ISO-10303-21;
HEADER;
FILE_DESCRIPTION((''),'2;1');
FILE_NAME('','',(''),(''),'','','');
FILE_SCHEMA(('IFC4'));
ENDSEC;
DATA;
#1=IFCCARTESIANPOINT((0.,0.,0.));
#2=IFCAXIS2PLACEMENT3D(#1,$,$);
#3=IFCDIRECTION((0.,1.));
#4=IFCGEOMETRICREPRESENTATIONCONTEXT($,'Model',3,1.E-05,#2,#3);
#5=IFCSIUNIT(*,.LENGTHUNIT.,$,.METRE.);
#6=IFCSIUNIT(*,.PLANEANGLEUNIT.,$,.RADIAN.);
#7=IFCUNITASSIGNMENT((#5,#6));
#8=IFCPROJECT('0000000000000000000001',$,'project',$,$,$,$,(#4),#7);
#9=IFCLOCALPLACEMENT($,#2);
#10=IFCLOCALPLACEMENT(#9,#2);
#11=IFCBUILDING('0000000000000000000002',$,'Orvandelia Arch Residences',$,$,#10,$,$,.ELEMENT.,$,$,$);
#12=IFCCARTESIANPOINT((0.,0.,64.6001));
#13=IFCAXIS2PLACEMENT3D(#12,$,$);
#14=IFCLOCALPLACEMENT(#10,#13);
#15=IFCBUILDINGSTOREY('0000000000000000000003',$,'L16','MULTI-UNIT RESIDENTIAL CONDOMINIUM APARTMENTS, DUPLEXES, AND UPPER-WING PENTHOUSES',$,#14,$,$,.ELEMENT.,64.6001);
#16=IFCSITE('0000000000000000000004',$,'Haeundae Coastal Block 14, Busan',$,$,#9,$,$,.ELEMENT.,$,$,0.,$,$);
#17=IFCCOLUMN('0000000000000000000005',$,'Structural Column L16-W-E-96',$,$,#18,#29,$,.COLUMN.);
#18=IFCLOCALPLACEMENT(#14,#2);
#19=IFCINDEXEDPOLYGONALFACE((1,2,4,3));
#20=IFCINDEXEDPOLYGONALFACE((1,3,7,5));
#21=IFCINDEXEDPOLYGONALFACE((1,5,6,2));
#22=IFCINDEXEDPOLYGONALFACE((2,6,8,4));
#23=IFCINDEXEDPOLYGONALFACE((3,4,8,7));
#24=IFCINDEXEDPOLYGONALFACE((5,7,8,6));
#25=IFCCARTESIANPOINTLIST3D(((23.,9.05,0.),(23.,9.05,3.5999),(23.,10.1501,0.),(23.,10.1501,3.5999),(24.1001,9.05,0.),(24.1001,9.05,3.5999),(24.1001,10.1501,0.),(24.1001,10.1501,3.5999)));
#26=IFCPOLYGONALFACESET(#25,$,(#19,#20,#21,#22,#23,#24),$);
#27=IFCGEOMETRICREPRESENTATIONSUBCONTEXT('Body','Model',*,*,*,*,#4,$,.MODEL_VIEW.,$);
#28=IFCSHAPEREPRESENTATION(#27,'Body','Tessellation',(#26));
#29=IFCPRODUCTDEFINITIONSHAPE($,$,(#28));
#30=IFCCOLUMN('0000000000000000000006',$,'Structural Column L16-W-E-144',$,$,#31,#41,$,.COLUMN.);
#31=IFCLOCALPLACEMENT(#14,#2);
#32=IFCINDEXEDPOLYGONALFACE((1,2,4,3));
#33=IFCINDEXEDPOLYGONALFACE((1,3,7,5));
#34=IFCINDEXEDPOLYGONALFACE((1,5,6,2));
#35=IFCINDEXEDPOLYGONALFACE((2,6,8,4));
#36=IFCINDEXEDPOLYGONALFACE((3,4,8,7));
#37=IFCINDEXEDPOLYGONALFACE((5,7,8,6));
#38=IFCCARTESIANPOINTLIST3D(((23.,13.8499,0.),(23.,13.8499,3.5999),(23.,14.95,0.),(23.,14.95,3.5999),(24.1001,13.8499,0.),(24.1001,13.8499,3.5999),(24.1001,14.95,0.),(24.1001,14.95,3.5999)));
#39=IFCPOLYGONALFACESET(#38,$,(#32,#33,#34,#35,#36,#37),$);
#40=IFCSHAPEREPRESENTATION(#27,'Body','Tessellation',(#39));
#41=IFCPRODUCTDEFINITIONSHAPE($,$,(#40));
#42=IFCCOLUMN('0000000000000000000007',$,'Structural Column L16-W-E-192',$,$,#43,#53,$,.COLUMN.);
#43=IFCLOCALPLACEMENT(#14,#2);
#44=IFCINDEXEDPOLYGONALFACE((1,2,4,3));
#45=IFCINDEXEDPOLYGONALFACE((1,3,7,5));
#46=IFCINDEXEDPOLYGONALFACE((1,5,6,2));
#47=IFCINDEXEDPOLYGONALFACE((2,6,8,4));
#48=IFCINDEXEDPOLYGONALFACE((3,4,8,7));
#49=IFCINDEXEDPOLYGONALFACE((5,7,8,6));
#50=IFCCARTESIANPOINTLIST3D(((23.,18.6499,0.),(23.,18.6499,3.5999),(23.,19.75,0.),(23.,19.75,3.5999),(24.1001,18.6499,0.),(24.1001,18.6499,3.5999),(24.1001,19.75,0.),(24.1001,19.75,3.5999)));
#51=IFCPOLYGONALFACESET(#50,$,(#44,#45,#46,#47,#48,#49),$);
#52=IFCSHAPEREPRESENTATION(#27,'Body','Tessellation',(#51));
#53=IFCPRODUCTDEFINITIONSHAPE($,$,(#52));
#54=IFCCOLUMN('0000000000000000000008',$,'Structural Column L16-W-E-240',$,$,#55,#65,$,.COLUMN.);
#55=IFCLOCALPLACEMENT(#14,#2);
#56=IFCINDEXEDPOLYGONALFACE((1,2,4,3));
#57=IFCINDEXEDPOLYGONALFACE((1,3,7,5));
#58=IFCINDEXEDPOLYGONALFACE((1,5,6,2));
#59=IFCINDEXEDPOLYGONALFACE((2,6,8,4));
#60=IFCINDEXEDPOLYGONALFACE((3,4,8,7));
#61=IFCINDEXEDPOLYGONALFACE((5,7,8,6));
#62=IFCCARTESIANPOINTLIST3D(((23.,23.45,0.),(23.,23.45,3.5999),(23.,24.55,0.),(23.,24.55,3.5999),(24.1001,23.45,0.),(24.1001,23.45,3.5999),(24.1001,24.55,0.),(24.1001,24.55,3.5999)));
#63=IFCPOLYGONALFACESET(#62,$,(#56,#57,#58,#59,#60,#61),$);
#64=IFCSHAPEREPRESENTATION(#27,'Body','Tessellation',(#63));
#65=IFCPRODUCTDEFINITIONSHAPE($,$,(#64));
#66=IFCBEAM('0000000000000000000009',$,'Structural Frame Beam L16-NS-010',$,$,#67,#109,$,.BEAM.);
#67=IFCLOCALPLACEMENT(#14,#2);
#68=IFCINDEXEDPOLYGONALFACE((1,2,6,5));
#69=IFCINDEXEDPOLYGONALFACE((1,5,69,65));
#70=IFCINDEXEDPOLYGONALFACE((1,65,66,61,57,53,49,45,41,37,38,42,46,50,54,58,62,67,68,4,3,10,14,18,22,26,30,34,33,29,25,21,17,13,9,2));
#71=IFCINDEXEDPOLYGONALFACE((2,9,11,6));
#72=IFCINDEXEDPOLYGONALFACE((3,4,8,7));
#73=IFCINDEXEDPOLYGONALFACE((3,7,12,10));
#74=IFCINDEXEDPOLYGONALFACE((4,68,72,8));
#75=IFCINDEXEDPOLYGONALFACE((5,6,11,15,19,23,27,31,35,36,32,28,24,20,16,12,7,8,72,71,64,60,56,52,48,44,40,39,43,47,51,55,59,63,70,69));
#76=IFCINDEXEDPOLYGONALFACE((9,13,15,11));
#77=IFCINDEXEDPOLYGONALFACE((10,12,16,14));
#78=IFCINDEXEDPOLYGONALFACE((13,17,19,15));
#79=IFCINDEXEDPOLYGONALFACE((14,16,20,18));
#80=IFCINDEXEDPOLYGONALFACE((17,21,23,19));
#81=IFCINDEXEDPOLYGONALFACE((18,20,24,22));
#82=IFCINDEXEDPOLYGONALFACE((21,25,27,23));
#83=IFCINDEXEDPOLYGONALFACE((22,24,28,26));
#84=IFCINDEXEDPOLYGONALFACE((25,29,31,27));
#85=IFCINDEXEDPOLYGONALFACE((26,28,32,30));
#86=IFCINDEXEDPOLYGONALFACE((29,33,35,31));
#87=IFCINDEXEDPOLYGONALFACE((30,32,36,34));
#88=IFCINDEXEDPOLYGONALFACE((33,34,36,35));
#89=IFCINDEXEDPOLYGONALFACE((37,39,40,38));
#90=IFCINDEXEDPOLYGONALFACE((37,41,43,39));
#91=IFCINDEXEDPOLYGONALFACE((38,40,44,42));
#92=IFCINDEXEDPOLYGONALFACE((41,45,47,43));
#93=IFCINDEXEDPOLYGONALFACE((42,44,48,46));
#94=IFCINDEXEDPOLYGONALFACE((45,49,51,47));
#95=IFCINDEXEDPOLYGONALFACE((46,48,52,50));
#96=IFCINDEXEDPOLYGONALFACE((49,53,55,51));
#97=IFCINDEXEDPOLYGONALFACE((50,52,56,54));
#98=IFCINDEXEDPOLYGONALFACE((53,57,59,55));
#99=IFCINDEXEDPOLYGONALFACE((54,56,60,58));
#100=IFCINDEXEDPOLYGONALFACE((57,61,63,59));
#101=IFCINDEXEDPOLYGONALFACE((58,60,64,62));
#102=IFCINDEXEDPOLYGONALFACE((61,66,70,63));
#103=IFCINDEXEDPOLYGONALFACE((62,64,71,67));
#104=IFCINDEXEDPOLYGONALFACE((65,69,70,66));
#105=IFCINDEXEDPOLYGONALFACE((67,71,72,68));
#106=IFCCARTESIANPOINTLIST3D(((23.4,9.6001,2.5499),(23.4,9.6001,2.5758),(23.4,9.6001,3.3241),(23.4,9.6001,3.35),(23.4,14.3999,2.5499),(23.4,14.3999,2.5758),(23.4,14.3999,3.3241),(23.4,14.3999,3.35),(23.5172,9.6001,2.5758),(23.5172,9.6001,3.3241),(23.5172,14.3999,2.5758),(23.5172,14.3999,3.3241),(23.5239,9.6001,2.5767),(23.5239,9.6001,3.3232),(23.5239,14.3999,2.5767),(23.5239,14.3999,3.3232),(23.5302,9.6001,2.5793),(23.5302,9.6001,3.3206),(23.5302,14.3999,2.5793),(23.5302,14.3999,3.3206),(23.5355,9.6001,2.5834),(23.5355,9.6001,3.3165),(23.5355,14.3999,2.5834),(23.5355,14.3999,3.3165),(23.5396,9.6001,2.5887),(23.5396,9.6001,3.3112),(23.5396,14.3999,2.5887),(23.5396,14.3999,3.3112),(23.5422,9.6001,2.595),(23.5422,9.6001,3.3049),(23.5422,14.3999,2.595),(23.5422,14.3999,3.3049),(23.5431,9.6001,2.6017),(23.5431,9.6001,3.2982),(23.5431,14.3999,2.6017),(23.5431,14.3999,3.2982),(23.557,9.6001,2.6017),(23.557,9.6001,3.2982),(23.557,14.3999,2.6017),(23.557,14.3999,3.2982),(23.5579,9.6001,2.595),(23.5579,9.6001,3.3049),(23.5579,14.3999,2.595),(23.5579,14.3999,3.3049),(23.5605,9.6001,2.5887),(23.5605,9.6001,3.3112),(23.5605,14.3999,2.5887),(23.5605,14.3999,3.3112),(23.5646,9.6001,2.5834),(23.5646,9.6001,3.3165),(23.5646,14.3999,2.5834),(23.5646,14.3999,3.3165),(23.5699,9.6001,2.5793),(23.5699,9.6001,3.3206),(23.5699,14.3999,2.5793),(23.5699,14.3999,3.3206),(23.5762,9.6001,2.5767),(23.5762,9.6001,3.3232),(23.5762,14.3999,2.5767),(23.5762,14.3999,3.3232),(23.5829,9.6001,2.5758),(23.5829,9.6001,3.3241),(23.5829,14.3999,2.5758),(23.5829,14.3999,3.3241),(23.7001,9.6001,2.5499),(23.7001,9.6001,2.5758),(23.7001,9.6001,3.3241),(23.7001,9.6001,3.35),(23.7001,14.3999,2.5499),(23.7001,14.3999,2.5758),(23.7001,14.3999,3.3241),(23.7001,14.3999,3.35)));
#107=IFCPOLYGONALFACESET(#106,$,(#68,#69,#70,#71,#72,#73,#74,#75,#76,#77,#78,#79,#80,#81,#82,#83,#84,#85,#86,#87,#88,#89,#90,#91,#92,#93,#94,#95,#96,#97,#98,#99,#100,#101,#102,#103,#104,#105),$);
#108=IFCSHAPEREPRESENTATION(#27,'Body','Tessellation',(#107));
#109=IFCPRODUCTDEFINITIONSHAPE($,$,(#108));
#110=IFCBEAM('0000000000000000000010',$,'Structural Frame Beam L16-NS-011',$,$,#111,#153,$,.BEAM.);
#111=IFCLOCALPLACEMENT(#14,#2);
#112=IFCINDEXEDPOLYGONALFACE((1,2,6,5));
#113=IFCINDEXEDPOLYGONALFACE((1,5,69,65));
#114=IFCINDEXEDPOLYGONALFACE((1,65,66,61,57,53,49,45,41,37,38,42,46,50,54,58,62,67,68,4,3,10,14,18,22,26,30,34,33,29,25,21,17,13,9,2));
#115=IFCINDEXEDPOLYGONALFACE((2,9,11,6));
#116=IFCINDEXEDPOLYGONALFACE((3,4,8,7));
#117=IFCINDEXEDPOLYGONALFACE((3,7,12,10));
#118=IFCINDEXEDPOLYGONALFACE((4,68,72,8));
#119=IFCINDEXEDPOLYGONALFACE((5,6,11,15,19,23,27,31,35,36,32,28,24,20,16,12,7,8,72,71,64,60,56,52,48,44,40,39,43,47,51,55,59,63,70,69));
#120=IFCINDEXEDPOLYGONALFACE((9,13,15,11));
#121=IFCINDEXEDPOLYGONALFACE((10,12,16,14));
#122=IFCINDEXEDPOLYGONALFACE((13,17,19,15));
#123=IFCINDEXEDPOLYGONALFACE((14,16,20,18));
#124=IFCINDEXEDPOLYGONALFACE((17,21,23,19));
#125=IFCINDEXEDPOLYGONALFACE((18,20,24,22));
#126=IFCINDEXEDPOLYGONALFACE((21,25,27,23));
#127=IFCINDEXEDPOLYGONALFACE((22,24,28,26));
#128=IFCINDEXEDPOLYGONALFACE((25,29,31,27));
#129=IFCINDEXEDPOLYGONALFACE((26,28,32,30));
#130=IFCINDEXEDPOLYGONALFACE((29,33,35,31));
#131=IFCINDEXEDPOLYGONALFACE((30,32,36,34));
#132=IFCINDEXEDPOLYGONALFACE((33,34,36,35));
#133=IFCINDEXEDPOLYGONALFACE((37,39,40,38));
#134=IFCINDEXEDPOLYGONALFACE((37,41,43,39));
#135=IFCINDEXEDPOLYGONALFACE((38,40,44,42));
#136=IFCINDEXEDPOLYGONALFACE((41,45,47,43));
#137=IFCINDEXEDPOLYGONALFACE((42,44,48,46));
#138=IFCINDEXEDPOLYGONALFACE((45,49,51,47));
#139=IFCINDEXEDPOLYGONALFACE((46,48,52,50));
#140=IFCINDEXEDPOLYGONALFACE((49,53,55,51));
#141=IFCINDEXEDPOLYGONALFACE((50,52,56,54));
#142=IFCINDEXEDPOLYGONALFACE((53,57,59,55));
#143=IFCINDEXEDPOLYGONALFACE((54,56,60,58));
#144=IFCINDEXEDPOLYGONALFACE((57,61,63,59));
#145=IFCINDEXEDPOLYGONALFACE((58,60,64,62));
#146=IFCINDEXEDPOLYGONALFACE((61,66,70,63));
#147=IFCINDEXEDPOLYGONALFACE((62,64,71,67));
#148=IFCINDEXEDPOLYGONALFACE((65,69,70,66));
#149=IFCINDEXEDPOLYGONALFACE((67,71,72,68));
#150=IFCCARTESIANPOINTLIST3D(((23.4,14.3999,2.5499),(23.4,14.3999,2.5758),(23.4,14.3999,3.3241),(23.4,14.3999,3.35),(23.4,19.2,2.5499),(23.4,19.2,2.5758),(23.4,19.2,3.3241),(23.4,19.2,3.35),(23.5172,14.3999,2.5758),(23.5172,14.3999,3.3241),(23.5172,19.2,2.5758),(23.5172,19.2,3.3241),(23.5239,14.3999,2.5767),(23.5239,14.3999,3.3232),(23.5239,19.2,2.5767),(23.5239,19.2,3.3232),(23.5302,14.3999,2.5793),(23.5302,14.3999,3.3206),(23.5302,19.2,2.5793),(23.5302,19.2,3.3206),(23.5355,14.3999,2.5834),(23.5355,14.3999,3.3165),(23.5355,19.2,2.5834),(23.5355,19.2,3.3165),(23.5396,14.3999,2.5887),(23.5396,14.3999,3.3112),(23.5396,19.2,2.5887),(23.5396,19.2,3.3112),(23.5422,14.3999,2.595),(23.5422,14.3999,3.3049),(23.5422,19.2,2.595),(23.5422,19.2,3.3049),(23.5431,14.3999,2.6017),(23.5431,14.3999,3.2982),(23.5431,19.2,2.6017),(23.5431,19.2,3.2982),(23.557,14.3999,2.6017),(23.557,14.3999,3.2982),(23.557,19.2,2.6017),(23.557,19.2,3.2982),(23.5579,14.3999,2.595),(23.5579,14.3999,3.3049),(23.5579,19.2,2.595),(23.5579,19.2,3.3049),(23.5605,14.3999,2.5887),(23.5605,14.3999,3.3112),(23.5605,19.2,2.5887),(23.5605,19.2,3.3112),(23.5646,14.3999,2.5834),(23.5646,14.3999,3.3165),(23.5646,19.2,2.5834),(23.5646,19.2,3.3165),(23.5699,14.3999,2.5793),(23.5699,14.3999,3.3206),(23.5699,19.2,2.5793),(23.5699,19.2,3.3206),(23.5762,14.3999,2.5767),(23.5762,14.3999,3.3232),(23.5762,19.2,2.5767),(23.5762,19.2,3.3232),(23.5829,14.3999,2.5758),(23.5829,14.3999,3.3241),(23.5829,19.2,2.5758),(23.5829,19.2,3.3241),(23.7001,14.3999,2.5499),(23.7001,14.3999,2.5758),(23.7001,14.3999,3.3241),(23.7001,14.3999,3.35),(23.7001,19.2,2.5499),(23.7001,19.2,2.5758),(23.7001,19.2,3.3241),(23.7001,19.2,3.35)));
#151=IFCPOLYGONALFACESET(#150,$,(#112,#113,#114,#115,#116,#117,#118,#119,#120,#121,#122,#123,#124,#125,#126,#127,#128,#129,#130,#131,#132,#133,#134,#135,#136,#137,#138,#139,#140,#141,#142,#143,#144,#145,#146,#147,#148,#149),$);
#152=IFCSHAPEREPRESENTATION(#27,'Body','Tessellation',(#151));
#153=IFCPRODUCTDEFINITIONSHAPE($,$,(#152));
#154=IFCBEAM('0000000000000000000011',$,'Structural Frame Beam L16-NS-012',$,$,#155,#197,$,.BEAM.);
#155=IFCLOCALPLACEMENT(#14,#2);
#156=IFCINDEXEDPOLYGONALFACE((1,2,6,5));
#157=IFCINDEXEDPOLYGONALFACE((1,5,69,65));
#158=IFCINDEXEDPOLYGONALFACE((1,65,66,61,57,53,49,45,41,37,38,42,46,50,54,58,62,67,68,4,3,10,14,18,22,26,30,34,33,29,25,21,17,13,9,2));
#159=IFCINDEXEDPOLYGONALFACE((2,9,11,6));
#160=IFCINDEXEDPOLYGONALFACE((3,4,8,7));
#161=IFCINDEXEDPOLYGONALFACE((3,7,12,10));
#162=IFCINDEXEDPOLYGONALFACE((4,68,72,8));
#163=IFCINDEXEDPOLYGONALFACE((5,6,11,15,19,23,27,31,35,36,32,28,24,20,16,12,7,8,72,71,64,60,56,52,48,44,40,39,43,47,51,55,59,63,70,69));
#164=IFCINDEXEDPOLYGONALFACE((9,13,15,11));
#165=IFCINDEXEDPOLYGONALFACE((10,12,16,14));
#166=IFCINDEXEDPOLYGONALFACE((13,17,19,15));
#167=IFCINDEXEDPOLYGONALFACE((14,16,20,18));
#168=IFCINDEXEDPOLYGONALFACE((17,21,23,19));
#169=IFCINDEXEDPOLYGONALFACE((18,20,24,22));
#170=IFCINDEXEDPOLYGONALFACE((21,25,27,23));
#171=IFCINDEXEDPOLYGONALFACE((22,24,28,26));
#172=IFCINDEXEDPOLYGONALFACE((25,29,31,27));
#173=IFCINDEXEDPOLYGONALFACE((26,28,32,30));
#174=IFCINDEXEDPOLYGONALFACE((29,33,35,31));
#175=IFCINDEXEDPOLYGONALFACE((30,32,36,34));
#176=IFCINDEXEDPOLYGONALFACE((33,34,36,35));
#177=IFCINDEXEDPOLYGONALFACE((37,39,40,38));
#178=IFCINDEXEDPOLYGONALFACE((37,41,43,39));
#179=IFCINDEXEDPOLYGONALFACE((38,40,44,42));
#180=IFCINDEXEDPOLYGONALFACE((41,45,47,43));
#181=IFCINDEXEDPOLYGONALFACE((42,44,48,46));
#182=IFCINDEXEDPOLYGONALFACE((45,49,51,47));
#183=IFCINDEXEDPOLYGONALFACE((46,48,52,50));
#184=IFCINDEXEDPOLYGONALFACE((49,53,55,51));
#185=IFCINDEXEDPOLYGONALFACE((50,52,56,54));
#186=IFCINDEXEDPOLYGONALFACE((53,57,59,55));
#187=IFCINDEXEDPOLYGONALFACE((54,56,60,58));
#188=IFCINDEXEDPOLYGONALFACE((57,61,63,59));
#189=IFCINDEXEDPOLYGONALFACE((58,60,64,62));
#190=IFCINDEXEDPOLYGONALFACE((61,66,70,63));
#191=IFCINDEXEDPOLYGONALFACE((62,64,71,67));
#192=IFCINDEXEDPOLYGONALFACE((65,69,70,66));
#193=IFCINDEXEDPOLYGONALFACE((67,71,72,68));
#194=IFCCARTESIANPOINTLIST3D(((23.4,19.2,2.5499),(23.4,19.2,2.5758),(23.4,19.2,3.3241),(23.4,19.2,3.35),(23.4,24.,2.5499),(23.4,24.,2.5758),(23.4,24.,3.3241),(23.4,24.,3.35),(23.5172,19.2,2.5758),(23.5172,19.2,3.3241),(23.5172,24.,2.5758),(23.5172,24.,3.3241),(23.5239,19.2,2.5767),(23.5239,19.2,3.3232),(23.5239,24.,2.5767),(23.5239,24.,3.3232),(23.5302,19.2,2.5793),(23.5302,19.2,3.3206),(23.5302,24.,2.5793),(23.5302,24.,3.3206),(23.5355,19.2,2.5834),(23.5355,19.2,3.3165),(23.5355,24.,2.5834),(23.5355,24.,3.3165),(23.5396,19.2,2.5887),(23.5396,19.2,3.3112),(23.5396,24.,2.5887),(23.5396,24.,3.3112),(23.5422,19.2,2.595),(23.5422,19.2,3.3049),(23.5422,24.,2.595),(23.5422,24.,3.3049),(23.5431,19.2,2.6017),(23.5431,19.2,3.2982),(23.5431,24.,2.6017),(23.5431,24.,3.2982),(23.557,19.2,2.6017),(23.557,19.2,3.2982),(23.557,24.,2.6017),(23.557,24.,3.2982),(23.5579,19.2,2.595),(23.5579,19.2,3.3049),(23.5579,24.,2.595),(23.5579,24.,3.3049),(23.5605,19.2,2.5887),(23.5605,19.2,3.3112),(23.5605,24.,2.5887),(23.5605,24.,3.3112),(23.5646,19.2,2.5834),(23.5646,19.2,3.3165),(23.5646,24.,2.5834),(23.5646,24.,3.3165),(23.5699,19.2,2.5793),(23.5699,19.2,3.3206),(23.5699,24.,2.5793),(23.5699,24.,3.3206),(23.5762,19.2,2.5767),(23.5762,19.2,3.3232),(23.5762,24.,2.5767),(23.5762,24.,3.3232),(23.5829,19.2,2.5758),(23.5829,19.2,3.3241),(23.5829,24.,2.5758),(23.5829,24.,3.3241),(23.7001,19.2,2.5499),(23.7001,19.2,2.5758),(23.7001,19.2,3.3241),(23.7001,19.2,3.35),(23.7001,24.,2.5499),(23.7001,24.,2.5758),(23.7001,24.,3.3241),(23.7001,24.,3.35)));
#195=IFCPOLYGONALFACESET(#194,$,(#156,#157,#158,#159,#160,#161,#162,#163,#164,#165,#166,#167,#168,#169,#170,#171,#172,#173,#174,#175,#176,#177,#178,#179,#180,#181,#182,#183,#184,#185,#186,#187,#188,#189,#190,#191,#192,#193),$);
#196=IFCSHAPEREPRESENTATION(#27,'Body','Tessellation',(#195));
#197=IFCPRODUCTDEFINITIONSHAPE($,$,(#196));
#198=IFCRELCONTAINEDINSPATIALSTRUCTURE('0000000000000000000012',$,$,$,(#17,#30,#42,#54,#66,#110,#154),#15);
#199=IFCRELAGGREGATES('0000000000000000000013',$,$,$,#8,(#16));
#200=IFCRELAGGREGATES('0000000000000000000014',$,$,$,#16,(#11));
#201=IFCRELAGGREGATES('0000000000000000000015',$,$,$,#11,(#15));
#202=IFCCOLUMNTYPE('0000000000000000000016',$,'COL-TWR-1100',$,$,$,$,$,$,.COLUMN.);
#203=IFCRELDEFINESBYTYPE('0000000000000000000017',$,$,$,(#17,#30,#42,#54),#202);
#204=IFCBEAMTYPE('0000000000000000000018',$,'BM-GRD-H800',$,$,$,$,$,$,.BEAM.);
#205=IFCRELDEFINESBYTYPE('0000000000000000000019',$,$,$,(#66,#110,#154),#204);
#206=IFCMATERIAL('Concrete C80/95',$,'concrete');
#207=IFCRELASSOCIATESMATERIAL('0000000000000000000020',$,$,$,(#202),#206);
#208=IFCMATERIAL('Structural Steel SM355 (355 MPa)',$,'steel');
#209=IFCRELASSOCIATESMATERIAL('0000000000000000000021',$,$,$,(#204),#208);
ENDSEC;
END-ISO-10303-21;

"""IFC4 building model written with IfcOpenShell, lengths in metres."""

from ifc_helpers import new_model, si_unit, direction, frame, origin, origin_2d, place, context, subcontext, project, spatial, rectangle, i_section, extrude, material, material_profile, profile_set, type_object, element, save


model = new_model("IFC4")

# Units and contexts
model_context = context("Model", 3, precision=1e-05, world=origin(), true_north=direction((0.0, 1.0)))
body_context = subcontext(model_context, "Body", "Model", "MODEL_VIEW")
ifc_project = project(units=[si_unit("LENGTHUNIT", "METRE"), si_unit("PLANEANGLEUNIT", "RADIAN")], contexts=[model_context])

# Site, building, storey
site_placement = place(None, origin())
site = spatial("IfcSite", under=ifc_project, at=site_placement, Name="Haeundae Coastal Block 14, Busan", CompositionType="ELEMENT", RefElevation=0.0)
building_placement = place(site_placement, origin())
building = spatial("IfcBuilding", under=site, at=building_placement, Name="Orvandelia Arch Residences", CompositionType="ELEMENT")
storey_placement = place(building_placement, frame((0.0, 0.0, 64.6001)))
storey = spatial("IfcBuildingStorey", under=building, at=storey_placement, Name="L16", Description="MULTI-UNIT RESIDENTIAL CONDOMINIUM APARTMENTS, DUPLEXES, AND UPPER-WING PENTHOUSES", CompositionType="ELEMENT", Elevation=64.6001)

# Columns
ifc_material_1 = material(Name="Concrete C80/95", Category="concrete")
ifc_material_profile_1 = material_profile(ifc_material_1, rectangle(XDim=1.1001, YDim=1.1001, at=origin_2d()), Name="Concrete C80/95", Category="concrete")
ifc_profile_set_1 = profile_set([ifc_material_profile_1], Name="Concrete C80/95")
column_type = type_object("IfcColumnType", Name="COL-TWR-1100", PredefinedType="COLUMN", material=ifc_profile_set_1)
for number, where, z_axis, x_axis, name in (
    (1, (23.55, 9.6001, 0.0), (0.0, 0.0, 1.0), (1.0, 0.0, 0.0), "Structural Column L16-W-E-96"),
    (2, (23.55, 14.3999, 0.0), (0.0, 0.0, 1.0), (1.0, 0.0, 0.0), "Structural Column L16-W-E-144"),
    (3, (23.55, 19.2, 0.0), (0.0, 0.0, 1.0), (1.0, 0.0, 0.0), "Structural Column L16-W-E-192"),
    (4, (23.55, 24.0, 0.0), (0.0, 0.0, 1.0), (1.0, 0.0, 0.0), "Structural Column L16-W-E-240"),
):
    element("IfcColumn", number, at=place(storey_placement, frame(where, z_axis=z_axis, x_axis=x_axis)), inside=storey, type_object=column_type, Name=name, PredefinedType="COLUMN", context=body_context, shape_type="SweptSolid", body=[
        extrude(rectangle(XDim=1.1001, YDim=1.1001, at=origin_2d()), origin(), (0.0, 0.0, 1.0), 3.5999),
    ])

# Beams
ifc_material_2 = material(Name="Structural Steel SM355 (355 MPa)", Category="steel")
ifc_material_profile_2 = material_profile(ifc_material_2, i_section(OverallWidth=0.3, OverallDepth=0.8, WebThickness=0.0139, FlangeThickness=0.0259, FilletRadius=0.0259, at=origin_2d()), Name="Structural Steel SM355 (355 MPa)", Category="steel")
ifc_profile_set_2 = profile_set([ifc_material_profile_2], Name="Structural Steel SM355 (355 MPa)")
beam_type = type_object("IfcBeamType", Name="BM-GRD-H800", PredefinedType="BEAM", material=ifc_profile_set_2)
beam_1_placement = place(storey_placement, frame((23.55, 9.6001, 2.95), z_axis=(0.0, 1.0, 0.0), x_axis=(-1.0, 0.0, 0.0)))
element("IfcBeam", 5, at=beam_1_placement, inside=storey, type_object=beam_type, Name="Structural Frame Beam L16-NS-010", PredefinedType="BEAM", context=body_context, shape_type="SweptSolid", body=[
    extrude(i_section(OverallWidth=0.3, OverallDepth=0.8, WebThickness=0.0139, FlangeThickness=0.0259, FilletRadius=0.0259, at=origin_2d()), origin(), (0.0, 0.0, 1.0), 4.7998),
])
for number, where, z_axis, x_axis, name in (
    (6, (23.55, 14.3999, 2.95), (0.0, 1.0, 0.0), (-1.0, 0.0, 0.0), "Structural Frame Beam L16-NS-011"),
    (7, (23.55, 19.2, 2.95), (0.0, 1.0, 0.0), (-1.0, 0.0, 0.0), "Structural Frame Beam L16-NS-012"),
):
    element("IfcBeam", number, at=place(storey_placement, frame(where, z_axis=z_axis, x_axis=x_axis)), inside=storey, type_object=beam_type, Name=name, PredefinedType="BEAM", context=body_context, shape_type="SweptSolid", body=[
        extrude(i_section(OverallWidth=0.3, OverallDepth=0.8, WebThickness=0.0139, FlangeThickness=0.0259, FilletRadius=0.0259, at=origin_2d()), origin(), (0.0, 0.0, 1.0), 4.8),
    ])

save(model, "model.ifc")
